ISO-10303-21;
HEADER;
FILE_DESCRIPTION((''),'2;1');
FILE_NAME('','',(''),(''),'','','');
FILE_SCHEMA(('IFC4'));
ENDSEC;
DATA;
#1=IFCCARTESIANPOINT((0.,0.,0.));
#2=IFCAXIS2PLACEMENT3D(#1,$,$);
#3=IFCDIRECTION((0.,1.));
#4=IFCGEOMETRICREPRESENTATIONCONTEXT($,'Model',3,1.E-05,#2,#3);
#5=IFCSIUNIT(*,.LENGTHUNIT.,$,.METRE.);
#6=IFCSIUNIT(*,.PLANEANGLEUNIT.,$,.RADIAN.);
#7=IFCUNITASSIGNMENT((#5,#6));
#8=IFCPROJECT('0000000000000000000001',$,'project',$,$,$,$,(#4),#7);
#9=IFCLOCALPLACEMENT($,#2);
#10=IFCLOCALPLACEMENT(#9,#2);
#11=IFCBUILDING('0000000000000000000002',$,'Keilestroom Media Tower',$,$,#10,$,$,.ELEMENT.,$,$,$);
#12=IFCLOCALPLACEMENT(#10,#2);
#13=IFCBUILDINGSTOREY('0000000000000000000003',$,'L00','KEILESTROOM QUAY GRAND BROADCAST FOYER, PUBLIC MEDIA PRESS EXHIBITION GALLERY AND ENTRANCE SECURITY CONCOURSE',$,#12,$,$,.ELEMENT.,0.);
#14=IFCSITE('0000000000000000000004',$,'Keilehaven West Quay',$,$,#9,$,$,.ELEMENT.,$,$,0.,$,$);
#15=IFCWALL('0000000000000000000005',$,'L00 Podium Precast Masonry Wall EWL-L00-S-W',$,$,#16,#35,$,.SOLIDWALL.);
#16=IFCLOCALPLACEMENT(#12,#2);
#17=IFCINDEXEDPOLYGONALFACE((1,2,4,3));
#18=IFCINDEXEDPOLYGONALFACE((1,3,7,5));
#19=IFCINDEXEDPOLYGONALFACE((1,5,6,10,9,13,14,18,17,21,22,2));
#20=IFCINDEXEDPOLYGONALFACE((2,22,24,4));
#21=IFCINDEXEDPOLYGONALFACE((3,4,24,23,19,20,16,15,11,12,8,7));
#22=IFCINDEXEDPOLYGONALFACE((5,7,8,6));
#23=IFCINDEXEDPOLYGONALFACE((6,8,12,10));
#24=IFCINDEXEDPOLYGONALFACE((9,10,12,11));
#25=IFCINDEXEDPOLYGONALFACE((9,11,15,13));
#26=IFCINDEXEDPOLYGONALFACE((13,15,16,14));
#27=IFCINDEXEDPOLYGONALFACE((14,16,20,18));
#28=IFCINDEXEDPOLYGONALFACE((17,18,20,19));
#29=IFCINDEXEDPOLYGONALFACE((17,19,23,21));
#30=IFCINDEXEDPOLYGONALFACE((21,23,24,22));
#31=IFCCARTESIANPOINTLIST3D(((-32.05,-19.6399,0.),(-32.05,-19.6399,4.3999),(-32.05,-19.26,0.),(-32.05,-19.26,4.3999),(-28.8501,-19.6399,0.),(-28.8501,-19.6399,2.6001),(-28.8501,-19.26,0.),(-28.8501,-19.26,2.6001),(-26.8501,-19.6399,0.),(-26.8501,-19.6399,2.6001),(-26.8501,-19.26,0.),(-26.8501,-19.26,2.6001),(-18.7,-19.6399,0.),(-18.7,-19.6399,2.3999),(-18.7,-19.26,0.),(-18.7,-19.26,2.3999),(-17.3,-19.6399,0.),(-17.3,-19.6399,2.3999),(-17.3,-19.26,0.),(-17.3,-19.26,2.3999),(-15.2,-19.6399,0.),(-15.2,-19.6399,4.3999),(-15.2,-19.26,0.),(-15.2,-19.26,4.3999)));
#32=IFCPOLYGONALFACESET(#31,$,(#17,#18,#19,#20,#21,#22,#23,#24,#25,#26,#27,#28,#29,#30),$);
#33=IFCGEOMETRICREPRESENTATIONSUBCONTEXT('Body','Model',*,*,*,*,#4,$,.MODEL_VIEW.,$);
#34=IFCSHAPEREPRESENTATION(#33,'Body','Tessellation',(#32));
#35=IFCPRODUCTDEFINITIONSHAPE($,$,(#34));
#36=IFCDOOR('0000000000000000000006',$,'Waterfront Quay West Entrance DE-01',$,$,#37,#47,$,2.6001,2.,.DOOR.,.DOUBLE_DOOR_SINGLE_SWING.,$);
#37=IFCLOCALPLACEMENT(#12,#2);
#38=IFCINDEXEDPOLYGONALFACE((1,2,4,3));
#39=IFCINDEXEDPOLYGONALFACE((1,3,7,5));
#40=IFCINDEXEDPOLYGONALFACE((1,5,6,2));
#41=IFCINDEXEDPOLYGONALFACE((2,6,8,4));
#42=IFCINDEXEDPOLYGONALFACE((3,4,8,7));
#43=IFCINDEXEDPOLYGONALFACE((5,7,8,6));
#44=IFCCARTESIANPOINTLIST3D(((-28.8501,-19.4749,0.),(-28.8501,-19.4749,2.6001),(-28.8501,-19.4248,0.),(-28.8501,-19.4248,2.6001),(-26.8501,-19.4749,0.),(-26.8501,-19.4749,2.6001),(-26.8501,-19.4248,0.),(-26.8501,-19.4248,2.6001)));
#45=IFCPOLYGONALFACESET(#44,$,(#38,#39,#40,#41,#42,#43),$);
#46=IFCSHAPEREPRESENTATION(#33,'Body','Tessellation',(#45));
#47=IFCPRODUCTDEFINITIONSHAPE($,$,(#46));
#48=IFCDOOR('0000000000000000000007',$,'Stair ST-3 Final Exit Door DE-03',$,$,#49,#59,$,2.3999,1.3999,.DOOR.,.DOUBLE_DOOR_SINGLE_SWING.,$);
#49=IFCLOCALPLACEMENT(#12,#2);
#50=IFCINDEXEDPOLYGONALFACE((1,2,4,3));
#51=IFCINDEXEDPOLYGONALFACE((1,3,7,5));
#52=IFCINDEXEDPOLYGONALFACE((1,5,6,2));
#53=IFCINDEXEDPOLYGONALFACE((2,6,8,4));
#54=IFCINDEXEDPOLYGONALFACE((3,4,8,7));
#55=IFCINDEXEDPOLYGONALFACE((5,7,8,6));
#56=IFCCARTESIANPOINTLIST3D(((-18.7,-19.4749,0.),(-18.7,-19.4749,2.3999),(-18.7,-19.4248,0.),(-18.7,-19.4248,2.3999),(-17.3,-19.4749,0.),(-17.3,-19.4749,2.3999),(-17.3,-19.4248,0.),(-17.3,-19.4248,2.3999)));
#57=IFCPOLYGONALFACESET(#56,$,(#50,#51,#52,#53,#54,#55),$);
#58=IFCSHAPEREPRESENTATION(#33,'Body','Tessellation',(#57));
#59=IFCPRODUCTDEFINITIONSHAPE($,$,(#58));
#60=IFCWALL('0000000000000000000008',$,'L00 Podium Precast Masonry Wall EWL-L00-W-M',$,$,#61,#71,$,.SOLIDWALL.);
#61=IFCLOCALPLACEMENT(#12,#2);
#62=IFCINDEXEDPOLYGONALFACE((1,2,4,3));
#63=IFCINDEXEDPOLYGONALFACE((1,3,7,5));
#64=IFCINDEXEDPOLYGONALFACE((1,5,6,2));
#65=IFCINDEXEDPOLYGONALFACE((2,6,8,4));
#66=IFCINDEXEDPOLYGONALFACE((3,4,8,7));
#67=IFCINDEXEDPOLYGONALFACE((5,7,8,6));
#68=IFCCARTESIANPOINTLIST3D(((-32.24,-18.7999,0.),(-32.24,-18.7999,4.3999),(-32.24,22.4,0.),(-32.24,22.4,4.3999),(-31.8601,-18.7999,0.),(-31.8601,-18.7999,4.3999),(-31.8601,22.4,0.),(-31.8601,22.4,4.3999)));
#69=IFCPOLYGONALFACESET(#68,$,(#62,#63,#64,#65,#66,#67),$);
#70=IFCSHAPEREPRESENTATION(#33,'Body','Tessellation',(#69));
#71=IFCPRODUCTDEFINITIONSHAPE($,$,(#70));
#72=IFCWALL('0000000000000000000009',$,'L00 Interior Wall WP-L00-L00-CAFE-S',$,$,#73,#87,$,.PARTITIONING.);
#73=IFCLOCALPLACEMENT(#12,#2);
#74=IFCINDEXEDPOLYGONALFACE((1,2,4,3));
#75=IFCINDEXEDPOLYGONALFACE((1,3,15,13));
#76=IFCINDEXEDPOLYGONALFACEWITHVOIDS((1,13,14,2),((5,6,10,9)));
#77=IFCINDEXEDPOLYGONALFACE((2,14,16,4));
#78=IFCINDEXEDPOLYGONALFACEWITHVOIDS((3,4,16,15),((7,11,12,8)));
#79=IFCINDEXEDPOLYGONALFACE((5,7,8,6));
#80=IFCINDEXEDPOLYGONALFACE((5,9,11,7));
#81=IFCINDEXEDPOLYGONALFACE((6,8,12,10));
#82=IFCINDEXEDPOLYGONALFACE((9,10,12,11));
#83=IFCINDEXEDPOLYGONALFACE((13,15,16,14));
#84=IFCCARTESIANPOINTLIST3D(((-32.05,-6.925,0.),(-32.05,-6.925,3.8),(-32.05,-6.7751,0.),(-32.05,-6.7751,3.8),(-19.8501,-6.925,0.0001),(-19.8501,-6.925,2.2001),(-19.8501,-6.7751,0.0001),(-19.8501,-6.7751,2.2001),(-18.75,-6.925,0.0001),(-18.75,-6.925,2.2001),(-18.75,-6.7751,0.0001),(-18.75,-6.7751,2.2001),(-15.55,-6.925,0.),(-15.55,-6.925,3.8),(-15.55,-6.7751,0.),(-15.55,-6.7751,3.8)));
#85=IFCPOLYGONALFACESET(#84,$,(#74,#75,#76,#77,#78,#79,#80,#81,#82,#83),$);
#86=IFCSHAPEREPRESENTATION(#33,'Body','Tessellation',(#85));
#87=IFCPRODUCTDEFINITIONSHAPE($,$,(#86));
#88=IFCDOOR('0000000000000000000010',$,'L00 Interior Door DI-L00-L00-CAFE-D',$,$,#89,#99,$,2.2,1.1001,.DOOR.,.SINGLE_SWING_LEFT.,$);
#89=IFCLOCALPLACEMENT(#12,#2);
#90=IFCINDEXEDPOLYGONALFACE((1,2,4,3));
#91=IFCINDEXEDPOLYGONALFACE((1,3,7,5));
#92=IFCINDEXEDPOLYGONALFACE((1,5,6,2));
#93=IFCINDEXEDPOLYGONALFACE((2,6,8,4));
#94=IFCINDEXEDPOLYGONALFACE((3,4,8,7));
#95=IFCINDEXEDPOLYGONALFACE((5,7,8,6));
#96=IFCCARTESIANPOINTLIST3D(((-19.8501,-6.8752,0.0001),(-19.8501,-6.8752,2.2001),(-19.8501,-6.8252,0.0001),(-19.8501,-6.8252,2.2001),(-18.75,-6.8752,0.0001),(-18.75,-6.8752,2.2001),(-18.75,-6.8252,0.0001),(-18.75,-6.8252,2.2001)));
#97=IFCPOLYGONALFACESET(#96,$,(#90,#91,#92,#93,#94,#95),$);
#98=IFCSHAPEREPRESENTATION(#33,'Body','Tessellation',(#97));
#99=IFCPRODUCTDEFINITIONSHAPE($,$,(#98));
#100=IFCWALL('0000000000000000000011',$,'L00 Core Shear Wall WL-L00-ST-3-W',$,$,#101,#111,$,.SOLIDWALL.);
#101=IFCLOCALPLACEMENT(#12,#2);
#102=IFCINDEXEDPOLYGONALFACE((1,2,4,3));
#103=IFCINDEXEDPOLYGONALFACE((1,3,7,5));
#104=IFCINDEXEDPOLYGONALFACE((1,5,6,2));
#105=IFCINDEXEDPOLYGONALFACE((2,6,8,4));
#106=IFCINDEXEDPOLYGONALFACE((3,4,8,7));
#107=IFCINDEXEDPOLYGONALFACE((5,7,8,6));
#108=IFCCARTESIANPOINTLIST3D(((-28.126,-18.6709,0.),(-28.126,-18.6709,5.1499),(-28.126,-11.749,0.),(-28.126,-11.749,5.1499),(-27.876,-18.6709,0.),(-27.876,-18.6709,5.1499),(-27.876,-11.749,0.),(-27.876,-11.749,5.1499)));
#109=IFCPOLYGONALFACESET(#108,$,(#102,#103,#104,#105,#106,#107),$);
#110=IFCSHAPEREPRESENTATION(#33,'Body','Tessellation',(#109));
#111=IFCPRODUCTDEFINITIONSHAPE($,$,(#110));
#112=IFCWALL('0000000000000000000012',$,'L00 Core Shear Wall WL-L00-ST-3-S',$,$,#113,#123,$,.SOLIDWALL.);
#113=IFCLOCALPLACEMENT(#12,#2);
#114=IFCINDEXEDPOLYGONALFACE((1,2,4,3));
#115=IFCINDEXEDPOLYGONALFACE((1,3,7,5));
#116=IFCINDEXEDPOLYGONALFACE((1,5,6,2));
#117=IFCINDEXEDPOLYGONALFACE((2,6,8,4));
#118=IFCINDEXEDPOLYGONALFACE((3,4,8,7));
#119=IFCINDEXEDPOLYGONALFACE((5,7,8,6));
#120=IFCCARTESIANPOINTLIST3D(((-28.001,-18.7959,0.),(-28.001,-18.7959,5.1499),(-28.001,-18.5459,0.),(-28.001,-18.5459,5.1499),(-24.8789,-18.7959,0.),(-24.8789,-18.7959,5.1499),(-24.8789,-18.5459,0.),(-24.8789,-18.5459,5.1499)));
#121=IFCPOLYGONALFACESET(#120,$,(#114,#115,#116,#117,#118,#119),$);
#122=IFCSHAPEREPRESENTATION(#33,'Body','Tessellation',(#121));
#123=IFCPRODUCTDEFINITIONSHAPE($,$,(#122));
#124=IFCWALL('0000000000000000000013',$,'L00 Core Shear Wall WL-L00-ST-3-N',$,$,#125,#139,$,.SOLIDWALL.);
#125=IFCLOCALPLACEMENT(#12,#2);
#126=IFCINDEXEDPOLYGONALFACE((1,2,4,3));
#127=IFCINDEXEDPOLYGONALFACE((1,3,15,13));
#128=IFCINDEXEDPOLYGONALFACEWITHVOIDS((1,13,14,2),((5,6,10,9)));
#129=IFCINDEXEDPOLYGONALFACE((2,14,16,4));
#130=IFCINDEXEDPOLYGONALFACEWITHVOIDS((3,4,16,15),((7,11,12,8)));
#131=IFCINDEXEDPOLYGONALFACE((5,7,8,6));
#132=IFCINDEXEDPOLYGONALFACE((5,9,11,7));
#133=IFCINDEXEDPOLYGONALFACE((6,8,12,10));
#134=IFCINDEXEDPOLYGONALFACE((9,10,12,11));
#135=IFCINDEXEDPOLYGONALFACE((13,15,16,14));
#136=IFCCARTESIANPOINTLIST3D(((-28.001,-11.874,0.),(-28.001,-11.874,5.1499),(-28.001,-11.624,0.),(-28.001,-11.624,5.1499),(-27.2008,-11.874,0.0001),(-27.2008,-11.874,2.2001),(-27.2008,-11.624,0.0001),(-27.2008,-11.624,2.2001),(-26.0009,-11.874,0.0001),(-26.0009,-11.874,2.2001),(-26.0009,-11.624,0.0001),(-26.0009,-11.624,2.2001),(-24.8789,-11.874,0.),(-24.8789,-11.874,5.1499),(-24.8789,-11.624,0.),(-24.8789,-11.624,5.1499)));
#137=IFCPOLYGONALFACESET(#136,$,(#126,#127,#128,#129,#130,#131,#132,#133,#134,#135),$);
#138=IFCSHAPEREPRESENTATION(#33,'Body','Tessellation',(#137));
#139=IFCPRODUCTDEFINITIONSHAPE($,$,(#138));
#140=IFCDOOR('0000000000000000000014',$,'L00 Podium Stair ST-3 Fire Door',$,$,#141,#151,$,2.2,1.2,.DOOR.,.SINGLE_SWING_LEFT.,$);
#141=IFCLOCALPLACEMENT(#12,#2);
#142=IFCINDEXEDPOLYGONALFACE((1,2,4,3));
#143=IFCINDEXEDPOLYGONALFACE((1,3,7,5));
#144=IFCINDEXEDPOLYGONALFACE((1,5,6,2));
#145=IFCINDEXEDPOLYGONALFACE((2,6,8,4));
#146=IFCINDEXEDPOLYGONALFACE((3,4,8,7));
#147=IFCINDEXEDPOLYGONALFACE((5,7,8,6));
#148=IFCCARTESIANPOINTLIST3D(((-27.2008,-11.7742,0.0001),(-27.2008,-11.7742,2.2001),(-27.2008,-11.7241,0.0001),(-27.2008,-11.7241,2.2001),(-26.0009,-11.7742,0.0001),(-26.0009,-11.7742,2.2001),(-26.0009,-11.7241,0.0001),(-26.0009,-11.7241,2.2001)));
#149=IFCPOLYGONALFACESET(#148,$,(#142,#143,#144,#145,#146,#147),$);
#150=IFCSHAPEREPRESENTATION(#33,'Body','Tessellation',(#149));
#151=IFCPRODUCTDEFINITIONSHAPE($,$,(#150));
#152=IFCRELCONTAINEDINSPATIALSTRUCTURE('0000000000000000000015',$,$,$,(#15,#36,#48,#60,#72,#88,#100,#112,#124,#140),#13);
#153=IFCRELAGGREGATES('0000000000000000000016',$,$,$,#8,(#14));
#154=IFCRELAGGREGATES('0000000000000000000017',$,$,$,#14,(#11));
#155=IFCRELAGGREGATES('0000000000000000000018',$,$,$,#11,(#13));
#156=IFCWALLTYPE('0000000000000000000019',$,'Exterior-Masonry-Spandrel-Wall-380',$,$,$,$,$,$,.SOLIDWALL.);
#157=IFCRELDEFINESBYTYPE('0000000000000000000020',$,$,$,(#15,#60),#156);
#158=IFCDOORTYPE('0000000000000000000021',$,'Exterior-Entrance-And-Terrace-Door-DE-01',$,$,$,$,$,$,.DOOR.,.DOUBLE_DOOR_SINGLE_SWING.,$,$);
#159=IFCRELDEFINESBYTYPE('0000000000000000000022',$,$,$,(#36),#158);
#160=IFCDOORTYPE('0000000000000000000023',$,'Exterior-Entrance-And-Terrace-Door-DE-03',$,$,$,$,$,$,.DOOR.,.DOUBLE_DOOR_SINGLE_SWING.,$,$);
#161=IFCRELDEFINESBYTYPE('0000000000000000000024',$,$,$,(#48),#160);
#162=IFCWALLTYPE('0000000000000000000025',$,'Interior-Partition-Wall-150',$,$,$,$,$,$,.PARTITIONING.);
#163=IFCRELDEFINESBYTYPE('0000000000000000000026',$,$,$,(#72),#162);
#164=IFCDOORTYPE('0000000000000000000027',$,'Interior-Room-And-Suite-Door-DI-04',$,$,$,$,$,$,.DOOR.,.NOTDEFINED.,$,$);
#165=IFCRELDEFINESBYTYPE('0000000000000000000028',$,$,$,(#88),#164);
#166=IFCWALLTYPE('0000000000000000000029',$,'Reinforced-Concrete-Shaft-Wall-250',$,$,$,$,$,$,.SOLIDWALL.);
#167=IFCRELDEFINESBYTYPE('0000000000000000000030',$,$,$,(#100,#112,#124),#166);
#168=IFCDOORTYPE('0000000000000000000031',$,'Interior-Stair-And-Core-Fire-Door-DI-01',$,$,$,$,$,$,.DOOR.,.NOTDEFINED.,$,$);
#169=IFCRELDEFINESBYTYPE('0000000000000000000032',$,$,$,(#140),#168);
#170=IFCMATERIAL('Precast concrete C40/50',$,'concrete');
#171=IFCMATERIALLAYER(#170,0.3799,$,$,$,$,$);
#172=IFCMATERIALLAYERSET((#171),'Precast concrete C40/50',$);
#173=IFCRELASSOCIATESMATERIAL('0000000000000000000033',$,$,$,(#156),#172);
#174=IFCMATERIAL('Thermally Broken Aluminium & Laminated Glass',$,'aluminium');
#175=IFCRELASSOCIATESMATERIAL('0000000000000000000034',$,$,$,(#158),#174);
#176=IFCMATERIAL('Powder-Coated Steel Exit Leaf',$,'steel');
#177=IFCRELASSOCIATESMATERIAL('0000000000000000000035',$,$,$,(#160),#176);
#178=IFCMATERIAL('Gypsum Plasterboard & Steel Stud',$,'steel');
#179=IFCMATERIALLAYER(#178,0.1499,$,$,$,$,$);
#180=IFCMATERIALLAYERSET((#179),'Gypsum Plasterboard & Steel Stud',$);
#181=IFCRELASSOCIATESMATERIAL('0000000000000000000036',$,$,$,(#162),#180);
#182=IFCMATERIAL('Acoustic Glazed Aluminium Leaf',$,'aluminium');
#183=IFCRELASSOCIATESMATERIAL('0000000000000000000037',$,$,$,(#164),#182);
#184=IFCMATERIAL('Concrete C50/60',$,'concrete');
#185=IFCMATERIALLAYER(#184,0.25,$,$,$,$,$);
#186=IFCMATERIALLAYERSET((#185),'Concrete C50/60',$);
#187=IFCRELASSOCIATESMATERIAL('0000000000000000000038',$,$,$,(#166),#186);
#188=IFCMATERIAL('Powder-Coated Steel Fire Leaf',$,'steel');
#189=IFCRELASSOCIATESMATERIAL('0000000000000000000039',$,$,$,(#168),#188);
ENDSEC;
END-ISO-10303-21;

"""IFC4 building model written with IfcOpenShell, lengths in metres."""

from ifc_helpers import new_model, si_unit, direction, frame, frame_2d, origin, place, context, subcontext, project, spatial, rectangle, extrude, source, transform, mapped, material, layer, layer_set, type_object, element, fill, save


model = new_model("IFC4")

# Units and contexts
model_context = context("Model", 3, precision=1e-05, world=origin(), true_north=direction((0.0, 1.0)))
body_context = subcontext(model_context, "Body", "Model", "MODEL_VIEW")
ifc_project = project(units=[si_unit("LENGTHUNIT", "METRE"), si_unit("PLANEANGLEUNIT", "RADIAN")], contexts=[model_context])

# Site, building, storey
site_placement = place(None, origin())
site = spatial("IfcSite", under=ifc_project, at=site_placement, Name="Keilehaven West Quay", CompositionType="ELEMENT", RefElevation=0.0)
building_placement = place(site_placement, origin())
building = spatial("IfcBuilding", under=site, at=building_placement, Name="Keilestroom Media Tower", CompositionType="ELEMENT")
storey_placement = place(building_placement, origin())
storey = spatial("IfcBuildingStorey", under=building, at=storey_placement, Name="L00", Description="KEILESTROOM QUAY GRAND BROADCAST FOYER, PUBLIC MEDIA PRESS EXHIBITION GALLERY AND ENTRANCE SECURITY CONCOURSE", CompositionType="ELEMENT", Elevation=0.0)

# Shared definitions
ifc_material_1 = material(Name="Precast concrete C40/50", Category="concrete")

# Wall, openings, doors
ifc_layer_1 = layer(ifc_material_1, 0.3799)
ifc_layer_set_1 = layer_set([ifc_layer_1], Name="Precast concrete C40/50")
wall_type_1 = type_object("IfcWallType", Name="Exterior-Masonry-Spandrel-Wall-380", PredefinedType="SOLIDWALL", material=ifc_layer_set_1)
wall_1_placement = place(storey_placement, frame((-32.05, -19.45, 0.0), z_axis=(0.0, 0.0, 1.0), x_axis=(1.0, 0.0, 0.0)))
wall_1 = element("IfcWall", 1, at=wall_1_placement, inside=storey, type_object=wall_type_1, Name="L00 Podium Precast Masonry Wall EWL-L00-S-W", PredefinedType="SOLIDWALL", context=body_context, shape_type="SweptSolid", body=[
    extrude(rectangle(XDim=16.8501, YDim=0.3799, at=frame_2d((8.425, 0.0))), origin(), (0.0, 0.0, 1.0), 4.3999),
])
opening_1_placement = place(wall_1_placement, frame((3.2, 0.0, 0.0)))
opening_1 = element("IfcOpeningElement", 2, at=opening_1_placement, cuts=wall_1, PredefinedType="OPENING", context=body_context, shape_type="SweptSolid", body=[
    extrude(rectangle(XDim=2.0, YDim=2.6001, at=frame_2d((1.0, 1.3))), frame((0.0, 0.2, 0.0), z_axis=(0.0, -1.0, 0.0), x_axis=(1.0, 0.0, 0.0)), (0.0, 0.0, 1.0), 0.3999),
])
opening_2_placement = place(wall_1_placement, frame((13.3501, 0.0, 0.0)))
opening_2 = element("IfcOpeningElement", 3, at=opening_2_placement, cuts=wall_1, PredefinedType="OPENING", context=body_context, shape_type="SweptSolid", body=[
    extrude(rectangle(XDim=1.3999, YDim=2.3999, at=frame_2d((0.7, 1.2))), frame((0.0, 0.2, 0.0), z_axis=(0.0, -1.0, 0.0), x_axis=(1.0, 0.0, 0.0)), (0.0, 0.0, 1.0), 0.3999),
])
ifc_material_2 = material(Name="Thermally Broken Aluminium & Laminated Glass", Category="aluminium")
door_type_1 = type_object("IfcDoorType", Name="Exterior-Entrance-And-Terrace-Door-DE-01", OperationType="DOUBLE_DOOR_SINGLE_SWING", PredefinedType="DOOR", material=ifc_material_2)
shared_shape_1 = source(origin(), body_context, "Body", "SweptSolid", [
    extrude(rectangle(XDim=2.0, YDim=2.6001, at=frame_2d((1.0, 1.3))), frame((0.0, 0.0249, 0.0), z_axis=(0.0, -1.0, 0.0), x_axis=(1.0, 0.0, 0.0)), (0.0, 0.0, 1.0), 0.05),
])
door_1_placement = place(opening_1_placement, frame((2.0, 0.0, 0.0), z_axis=(0.0, 0.0, 1.0), x_axis=(-1.0, 0.0, 0.0)))
door_1 = element("IfcDoor", 4, at=door_1_placement, inside=storey, type_object=door_type_1, Name="Waterfront Quay West Entrance DE-01", OperationType="DOUBLE_DOOR_SINGLE_SWING", OverallHeight=2.6001, OverallWidth=2.0, PredefinedType="DOOR", context=body_context, shape_type="MappedRepresentation", body=[
    mapped(shared_shape_1, transform((0.0, 0.0, 0.0), x_axis=(1.0, 0.0, 0.0), y_axis=(0.0, 1.0, 0.0), z_axis=(0.0, 0.0, 1.0), scale=1.0)),
])
fill(opening_1, door_1)
ifc_material_3 = material(Name="Powder-Coated Steel Exit Leaf", Category="steel")
door_type_2 = type_object("IfcDoorType", Name="Exterior-Entrance-And-Terrace-Door-DE-03", OperationType="DOUBLE_DOOR_SINGLE_SWING", PredefinedType="DOOR", material=ifc_material_3)
shared_shape_2 = source(origin(), body_context, "Body", "SweptSolid", [
    extrude(rectangle(XDim=1.3999, YDim=2.3999, at=frame_2d((0.7, 1.2))), frame((0.0, 0.0249, 0.0), z_axis=(0.0, -1.0, 0.0), x_axis=(1.0, 0.0, 0.0)), (0.0, 0.0, 1.0), 0.05),
])
door_2_placement = place(opening_2_placement, frame((1.3999, 0.0, 0.0), z_axis=(0.0, 0.0, 1.0), x_axis=(-1.0, 0.0, 0.0)))
door_2 = element("IfcDoor", 5, at=door_2_placement, inside=storey, type_object=door_type_2, Name="Stair ST-3 Final Exit Door DE-03", OperationType="DOUBLE_DOOR_SINGLE_SWING", OverallHeight=2.3999, OverallWidth=1.3999, PredefinedType="DOOR", context=body_context, shape_type="MappedRepresentation", body=[
    mapped(shared_shape_2, transform((0.0, 0.0, 0.0), x_axis=(1.0, 0.0, 0.0), y_axis=(0.0, 1.0, 0.0), z_axis=(0.0, 0.0, 1.0), scale=1.0)),
])
fill(opening_2, door_2)

# Wall
wall_2_placement = place(storey_placement, frame((-32.05, -18.8, 0.0), z_axis=(0.0, 0.0, 1.0), x_axis=(0.0, 1.0, 0.0)))
element("IfcWall", 6, at=wall_2_placement, inside=storey, type_object=wall_type_1, Name="L00 Podium Precast Masonry Wall EWL-L00-W-M", PredefinedType="SOLIDWALL", context=body_context, shape_type="SweptSolid", body=[
    extrude(rectangle(XDim=41.2, YDim=0.3799, at=frame_2d((20.6001, 0.0))), origin(), (0.0, 0.0, 1.0), 4.3999),
])

# Wall, opening, door
ifc_material_4 = material(Name="Gypsum Plasterboard & Steel Stud", Category="steel")
ifc_layer_2 = layer(ifc_material_4, 0.1499)
ifc_layer_set_2 = layer_set([ifc_layer_2], Name="Gypsum Plasterboard & Steel Stud")
wall_type_2 = type_object("IfcWallType", Name="Interior-Partition-Wall-150", PredefinedType="PARTITIONING", material=ifc_layer_set_2)
wall_3_placement = place(storey_placement, frame((-32.05, -6.8501, 0.0), z_axis=(0.0, 0.0, 1.0), x_axis=(1.0, 0.0, 0.0)))
wall_3 = element("IfcWall", 7, at=wall_3_placement, inside=storey, type_object=wall_type_2, Name="L00 Interior Wall WP-L00-L00-CAFE-S", PredefinedType="PARTITIONING", context=body_context, shape_type="SweptSolid", body=[
    extrude(rectangle(XDim=16.5, YDim=0.1499, at=frame_2d((8.25, 0.0))), origin(), (0.0, 0.0, 1.0), 3.8),
])
opening_3_placement = place(wall_3_placement, frame((12.2, 0.0, 0.0)))
opening_3 = element("IfcOpeningElement", 8, at=opening_3_placement, cuts=wall_3, PredefinedType="OPENING", context=body_context, shape_type="SweptSolid", body=[
    extrude(rectangle(XDim=1.1001, YDim=2.2, at=frame_2d((0.55, 1.1001))), frame((0.0, 0.085, 0.0), z_axis=(0.0, -1.0, 0.0), x_axis=(1.0, 0.0, 0.0)), (0.0, 0.0, 1.0), 0.1699),
])
ifc_material_5 = material(Name="Acoustic Glazed Aluminium Leaf", Category="aluminium")
door_type_3 = type_object("IfcDoorType", Name="Interior-Room-And-Suite-Door-DI-04", OperationType="NOTDEFINED", PredefinedType="DOOR", material=ifc_material_5)
shared_shape_3 = source(origin(), body_context, "Body", "SweptSolid", [
    extrude(rectangle(XDim=1.1001, YDim=2.2, at=frame_2d((0.55, 1.1001))), frame((0.0, 0.0249, 0.0), z_axis=(0.0, -1.0, 0.0), x_axis=(1.0, 0.0, 0.0)), (0.0, 0.0, 1.0), 0.05),
])
door_3_placement = place(opening_3_placement, origin())
door_3 = element("IfcDoor", 9, at=door_3_placement, inside=storey, type_object=door_type_3, Name="L00 Interior Door DI-L00-L00-CAFE-D", OperationType="SINGLE_SWING_LEFT", OverallHeight=2.2, OverallWidth=1.1001, PredefinedType="DOOR", context=body_context, shape_type="MappedRepresentation", body=[
    mapped(shared_shape_3, transform((0.0, 0.0, 0.0), x_axis=(1.0, 0.0, 0.0), y_axis=(0.0, 1.0, 0.0), z_axis=(0.0, 0.0, 1.0), scale=1.0)),
])
fill(opening_3, door_3)

# Walls
ifc_material_6 = material(Name="Concrete C50/60", Category="concrete")
ifc_layer_3 = layer(ifc_material_6, 0.25)
ifc_layer_set_3 = layer_set([ifc_layer_3], Name="Concrete C50/60")
wall_type_3 = type_object("IfcWallType", Name="Reinforced-Concrete-Shaft-Wall-250", PredefinedType="SOLIDWALL", material=ifc_layer_set_3)
wall_4_placement = place(storey_placement, frame((-28.001, -18.6709, 0.0), z_axis=(0.0, 0.0, 1.0), x_axis=(0.0, 1.0, 0.0)))
element("IfcWall", 10, at=wall_4_placement, inside=storey, type_object=wall_type_3, Name="L00 Core Shear Wall WL-L00-ST-3-W", PredefinedType="SOLIDWALL", context=body_context, shape_type="SweptSolid", body=[
    extrude(rectangle(XDim=6.9219, YDim=0.25, at=frame_2d((3.4609, 0.0))), origin(), (0.0, 0.0, 1.0), 5.1499),
])
wall_5_placement = place(storey_placement, frame((-28.001, -18.6709, 0.0), z_axis=(0.0, 0.0, 1.0), x_axis=(1.0, 0.0, 0.0)))
element("IfcWall", 11, at=wall_5_placement, inside=storey, type_object=wall_type_3, Name="L00 Core Shear Wall WL-L00-ST-3-S", PredefinedType="SOLIDWALL", context=body_context, shape_type="SweptSolid", body=[
    extrude(rectangle(XDim=3.1221, YDim=0.25, at=frame_2d((1.561, 0.0))), origin(), (0.0, 0.0, 1.0), 5.1499),
])

# Wall, opening, door
wall_6_placement = place(storey_placement, frame((-28.001, -11.749, 0.0), z_axis=(0.0, 0.0, 1.0), x_axis=(1.0, 0.0, 0.0)))
wall_6 = element("IfcWall", 12, at=wall_6_placement, inside=storey, type_object=wall_type_3, Name="L00 Core Shear Wall WL-L00-ST-3-N", PredefinedType="SOLIDWALL", context=body_context, shape_type="SweptSolid", body=[
    extrude(rectangle(XDim=3.1221, YDim=0.25, at=frame_2d((1.561, 0.0))), origin(), (0.0, 0.0, 1.0), 5.1499),
])
opening_4_placement = place(wall_6_placement, frame((0.8, 0.0, 0.0)))
opening_4 = element("IfcOpeningElement", 13, at=opening_4_placement, cuts=wall_6, PredefinedType="OPENING", context=body_context, shape_type="SweptSolid", body=[
    extrude(rectangle(XDim=1.2, YDim=2.2, at=frame_2d((0.6001, 1.1001))), frame((0.0, 0.135, 0.0), z_axis=(0.0, -1.0, 0.0), x_axis=(1.0, 0.0, 0.0)), (0.0, 0.0, 1.0), 0.27),
])
ifc_material_7 = material(Name="Powder-Coated Steel Fire Leaf", Category="steel")
door_type_4 = type_object("IfcDoorType", Name="Interior-Stair-And-Core-Fire-Door-DI-01", OperationType="NOTDEFINED", PredefinedType="DOOR", material=ifc_material_7)
shared_shape_4 = source(origin(), body_context, "Body", "SweptSolid", [
    extrude(rectangle(XDim=1.2, YDim=2.2, at=frame_2d((0.6001, 1.1001))), frame((0.0, 0.0249, 0.0), z_axis=(0.0, -1.0, 0.0), x_axis=(1.0, 0.0, 0.0)), (0.0, 0.0, 1.0), 0.05),
])
door_4_placement = place(opening_4_placement, origin())
door_4 = element("IfcDoor", 14, at=door_4_placement, inside=storey, type_object=door_type_4, Name="L00 Podium Stair ST-3 Fire Door", OperationType="SINGLE_SWING_LEFT", OverallHeight=2.2, OverallWidth=1.2, PredefinedType="DOOR", context=body_context, shape_type="MappedRepresentation", body=[
    mapped(shared_shape_4, transform((0.0, 0.0, 0.0), x_axis=(1.0, 0.0, 0.0), y_axis=(0.0, 1.0, 0.0), z_axis=(0.0, 0.0, 1.0), scale=1.0)),
])
fill(opening_4, door_4)

save(model, "model.ifc")
